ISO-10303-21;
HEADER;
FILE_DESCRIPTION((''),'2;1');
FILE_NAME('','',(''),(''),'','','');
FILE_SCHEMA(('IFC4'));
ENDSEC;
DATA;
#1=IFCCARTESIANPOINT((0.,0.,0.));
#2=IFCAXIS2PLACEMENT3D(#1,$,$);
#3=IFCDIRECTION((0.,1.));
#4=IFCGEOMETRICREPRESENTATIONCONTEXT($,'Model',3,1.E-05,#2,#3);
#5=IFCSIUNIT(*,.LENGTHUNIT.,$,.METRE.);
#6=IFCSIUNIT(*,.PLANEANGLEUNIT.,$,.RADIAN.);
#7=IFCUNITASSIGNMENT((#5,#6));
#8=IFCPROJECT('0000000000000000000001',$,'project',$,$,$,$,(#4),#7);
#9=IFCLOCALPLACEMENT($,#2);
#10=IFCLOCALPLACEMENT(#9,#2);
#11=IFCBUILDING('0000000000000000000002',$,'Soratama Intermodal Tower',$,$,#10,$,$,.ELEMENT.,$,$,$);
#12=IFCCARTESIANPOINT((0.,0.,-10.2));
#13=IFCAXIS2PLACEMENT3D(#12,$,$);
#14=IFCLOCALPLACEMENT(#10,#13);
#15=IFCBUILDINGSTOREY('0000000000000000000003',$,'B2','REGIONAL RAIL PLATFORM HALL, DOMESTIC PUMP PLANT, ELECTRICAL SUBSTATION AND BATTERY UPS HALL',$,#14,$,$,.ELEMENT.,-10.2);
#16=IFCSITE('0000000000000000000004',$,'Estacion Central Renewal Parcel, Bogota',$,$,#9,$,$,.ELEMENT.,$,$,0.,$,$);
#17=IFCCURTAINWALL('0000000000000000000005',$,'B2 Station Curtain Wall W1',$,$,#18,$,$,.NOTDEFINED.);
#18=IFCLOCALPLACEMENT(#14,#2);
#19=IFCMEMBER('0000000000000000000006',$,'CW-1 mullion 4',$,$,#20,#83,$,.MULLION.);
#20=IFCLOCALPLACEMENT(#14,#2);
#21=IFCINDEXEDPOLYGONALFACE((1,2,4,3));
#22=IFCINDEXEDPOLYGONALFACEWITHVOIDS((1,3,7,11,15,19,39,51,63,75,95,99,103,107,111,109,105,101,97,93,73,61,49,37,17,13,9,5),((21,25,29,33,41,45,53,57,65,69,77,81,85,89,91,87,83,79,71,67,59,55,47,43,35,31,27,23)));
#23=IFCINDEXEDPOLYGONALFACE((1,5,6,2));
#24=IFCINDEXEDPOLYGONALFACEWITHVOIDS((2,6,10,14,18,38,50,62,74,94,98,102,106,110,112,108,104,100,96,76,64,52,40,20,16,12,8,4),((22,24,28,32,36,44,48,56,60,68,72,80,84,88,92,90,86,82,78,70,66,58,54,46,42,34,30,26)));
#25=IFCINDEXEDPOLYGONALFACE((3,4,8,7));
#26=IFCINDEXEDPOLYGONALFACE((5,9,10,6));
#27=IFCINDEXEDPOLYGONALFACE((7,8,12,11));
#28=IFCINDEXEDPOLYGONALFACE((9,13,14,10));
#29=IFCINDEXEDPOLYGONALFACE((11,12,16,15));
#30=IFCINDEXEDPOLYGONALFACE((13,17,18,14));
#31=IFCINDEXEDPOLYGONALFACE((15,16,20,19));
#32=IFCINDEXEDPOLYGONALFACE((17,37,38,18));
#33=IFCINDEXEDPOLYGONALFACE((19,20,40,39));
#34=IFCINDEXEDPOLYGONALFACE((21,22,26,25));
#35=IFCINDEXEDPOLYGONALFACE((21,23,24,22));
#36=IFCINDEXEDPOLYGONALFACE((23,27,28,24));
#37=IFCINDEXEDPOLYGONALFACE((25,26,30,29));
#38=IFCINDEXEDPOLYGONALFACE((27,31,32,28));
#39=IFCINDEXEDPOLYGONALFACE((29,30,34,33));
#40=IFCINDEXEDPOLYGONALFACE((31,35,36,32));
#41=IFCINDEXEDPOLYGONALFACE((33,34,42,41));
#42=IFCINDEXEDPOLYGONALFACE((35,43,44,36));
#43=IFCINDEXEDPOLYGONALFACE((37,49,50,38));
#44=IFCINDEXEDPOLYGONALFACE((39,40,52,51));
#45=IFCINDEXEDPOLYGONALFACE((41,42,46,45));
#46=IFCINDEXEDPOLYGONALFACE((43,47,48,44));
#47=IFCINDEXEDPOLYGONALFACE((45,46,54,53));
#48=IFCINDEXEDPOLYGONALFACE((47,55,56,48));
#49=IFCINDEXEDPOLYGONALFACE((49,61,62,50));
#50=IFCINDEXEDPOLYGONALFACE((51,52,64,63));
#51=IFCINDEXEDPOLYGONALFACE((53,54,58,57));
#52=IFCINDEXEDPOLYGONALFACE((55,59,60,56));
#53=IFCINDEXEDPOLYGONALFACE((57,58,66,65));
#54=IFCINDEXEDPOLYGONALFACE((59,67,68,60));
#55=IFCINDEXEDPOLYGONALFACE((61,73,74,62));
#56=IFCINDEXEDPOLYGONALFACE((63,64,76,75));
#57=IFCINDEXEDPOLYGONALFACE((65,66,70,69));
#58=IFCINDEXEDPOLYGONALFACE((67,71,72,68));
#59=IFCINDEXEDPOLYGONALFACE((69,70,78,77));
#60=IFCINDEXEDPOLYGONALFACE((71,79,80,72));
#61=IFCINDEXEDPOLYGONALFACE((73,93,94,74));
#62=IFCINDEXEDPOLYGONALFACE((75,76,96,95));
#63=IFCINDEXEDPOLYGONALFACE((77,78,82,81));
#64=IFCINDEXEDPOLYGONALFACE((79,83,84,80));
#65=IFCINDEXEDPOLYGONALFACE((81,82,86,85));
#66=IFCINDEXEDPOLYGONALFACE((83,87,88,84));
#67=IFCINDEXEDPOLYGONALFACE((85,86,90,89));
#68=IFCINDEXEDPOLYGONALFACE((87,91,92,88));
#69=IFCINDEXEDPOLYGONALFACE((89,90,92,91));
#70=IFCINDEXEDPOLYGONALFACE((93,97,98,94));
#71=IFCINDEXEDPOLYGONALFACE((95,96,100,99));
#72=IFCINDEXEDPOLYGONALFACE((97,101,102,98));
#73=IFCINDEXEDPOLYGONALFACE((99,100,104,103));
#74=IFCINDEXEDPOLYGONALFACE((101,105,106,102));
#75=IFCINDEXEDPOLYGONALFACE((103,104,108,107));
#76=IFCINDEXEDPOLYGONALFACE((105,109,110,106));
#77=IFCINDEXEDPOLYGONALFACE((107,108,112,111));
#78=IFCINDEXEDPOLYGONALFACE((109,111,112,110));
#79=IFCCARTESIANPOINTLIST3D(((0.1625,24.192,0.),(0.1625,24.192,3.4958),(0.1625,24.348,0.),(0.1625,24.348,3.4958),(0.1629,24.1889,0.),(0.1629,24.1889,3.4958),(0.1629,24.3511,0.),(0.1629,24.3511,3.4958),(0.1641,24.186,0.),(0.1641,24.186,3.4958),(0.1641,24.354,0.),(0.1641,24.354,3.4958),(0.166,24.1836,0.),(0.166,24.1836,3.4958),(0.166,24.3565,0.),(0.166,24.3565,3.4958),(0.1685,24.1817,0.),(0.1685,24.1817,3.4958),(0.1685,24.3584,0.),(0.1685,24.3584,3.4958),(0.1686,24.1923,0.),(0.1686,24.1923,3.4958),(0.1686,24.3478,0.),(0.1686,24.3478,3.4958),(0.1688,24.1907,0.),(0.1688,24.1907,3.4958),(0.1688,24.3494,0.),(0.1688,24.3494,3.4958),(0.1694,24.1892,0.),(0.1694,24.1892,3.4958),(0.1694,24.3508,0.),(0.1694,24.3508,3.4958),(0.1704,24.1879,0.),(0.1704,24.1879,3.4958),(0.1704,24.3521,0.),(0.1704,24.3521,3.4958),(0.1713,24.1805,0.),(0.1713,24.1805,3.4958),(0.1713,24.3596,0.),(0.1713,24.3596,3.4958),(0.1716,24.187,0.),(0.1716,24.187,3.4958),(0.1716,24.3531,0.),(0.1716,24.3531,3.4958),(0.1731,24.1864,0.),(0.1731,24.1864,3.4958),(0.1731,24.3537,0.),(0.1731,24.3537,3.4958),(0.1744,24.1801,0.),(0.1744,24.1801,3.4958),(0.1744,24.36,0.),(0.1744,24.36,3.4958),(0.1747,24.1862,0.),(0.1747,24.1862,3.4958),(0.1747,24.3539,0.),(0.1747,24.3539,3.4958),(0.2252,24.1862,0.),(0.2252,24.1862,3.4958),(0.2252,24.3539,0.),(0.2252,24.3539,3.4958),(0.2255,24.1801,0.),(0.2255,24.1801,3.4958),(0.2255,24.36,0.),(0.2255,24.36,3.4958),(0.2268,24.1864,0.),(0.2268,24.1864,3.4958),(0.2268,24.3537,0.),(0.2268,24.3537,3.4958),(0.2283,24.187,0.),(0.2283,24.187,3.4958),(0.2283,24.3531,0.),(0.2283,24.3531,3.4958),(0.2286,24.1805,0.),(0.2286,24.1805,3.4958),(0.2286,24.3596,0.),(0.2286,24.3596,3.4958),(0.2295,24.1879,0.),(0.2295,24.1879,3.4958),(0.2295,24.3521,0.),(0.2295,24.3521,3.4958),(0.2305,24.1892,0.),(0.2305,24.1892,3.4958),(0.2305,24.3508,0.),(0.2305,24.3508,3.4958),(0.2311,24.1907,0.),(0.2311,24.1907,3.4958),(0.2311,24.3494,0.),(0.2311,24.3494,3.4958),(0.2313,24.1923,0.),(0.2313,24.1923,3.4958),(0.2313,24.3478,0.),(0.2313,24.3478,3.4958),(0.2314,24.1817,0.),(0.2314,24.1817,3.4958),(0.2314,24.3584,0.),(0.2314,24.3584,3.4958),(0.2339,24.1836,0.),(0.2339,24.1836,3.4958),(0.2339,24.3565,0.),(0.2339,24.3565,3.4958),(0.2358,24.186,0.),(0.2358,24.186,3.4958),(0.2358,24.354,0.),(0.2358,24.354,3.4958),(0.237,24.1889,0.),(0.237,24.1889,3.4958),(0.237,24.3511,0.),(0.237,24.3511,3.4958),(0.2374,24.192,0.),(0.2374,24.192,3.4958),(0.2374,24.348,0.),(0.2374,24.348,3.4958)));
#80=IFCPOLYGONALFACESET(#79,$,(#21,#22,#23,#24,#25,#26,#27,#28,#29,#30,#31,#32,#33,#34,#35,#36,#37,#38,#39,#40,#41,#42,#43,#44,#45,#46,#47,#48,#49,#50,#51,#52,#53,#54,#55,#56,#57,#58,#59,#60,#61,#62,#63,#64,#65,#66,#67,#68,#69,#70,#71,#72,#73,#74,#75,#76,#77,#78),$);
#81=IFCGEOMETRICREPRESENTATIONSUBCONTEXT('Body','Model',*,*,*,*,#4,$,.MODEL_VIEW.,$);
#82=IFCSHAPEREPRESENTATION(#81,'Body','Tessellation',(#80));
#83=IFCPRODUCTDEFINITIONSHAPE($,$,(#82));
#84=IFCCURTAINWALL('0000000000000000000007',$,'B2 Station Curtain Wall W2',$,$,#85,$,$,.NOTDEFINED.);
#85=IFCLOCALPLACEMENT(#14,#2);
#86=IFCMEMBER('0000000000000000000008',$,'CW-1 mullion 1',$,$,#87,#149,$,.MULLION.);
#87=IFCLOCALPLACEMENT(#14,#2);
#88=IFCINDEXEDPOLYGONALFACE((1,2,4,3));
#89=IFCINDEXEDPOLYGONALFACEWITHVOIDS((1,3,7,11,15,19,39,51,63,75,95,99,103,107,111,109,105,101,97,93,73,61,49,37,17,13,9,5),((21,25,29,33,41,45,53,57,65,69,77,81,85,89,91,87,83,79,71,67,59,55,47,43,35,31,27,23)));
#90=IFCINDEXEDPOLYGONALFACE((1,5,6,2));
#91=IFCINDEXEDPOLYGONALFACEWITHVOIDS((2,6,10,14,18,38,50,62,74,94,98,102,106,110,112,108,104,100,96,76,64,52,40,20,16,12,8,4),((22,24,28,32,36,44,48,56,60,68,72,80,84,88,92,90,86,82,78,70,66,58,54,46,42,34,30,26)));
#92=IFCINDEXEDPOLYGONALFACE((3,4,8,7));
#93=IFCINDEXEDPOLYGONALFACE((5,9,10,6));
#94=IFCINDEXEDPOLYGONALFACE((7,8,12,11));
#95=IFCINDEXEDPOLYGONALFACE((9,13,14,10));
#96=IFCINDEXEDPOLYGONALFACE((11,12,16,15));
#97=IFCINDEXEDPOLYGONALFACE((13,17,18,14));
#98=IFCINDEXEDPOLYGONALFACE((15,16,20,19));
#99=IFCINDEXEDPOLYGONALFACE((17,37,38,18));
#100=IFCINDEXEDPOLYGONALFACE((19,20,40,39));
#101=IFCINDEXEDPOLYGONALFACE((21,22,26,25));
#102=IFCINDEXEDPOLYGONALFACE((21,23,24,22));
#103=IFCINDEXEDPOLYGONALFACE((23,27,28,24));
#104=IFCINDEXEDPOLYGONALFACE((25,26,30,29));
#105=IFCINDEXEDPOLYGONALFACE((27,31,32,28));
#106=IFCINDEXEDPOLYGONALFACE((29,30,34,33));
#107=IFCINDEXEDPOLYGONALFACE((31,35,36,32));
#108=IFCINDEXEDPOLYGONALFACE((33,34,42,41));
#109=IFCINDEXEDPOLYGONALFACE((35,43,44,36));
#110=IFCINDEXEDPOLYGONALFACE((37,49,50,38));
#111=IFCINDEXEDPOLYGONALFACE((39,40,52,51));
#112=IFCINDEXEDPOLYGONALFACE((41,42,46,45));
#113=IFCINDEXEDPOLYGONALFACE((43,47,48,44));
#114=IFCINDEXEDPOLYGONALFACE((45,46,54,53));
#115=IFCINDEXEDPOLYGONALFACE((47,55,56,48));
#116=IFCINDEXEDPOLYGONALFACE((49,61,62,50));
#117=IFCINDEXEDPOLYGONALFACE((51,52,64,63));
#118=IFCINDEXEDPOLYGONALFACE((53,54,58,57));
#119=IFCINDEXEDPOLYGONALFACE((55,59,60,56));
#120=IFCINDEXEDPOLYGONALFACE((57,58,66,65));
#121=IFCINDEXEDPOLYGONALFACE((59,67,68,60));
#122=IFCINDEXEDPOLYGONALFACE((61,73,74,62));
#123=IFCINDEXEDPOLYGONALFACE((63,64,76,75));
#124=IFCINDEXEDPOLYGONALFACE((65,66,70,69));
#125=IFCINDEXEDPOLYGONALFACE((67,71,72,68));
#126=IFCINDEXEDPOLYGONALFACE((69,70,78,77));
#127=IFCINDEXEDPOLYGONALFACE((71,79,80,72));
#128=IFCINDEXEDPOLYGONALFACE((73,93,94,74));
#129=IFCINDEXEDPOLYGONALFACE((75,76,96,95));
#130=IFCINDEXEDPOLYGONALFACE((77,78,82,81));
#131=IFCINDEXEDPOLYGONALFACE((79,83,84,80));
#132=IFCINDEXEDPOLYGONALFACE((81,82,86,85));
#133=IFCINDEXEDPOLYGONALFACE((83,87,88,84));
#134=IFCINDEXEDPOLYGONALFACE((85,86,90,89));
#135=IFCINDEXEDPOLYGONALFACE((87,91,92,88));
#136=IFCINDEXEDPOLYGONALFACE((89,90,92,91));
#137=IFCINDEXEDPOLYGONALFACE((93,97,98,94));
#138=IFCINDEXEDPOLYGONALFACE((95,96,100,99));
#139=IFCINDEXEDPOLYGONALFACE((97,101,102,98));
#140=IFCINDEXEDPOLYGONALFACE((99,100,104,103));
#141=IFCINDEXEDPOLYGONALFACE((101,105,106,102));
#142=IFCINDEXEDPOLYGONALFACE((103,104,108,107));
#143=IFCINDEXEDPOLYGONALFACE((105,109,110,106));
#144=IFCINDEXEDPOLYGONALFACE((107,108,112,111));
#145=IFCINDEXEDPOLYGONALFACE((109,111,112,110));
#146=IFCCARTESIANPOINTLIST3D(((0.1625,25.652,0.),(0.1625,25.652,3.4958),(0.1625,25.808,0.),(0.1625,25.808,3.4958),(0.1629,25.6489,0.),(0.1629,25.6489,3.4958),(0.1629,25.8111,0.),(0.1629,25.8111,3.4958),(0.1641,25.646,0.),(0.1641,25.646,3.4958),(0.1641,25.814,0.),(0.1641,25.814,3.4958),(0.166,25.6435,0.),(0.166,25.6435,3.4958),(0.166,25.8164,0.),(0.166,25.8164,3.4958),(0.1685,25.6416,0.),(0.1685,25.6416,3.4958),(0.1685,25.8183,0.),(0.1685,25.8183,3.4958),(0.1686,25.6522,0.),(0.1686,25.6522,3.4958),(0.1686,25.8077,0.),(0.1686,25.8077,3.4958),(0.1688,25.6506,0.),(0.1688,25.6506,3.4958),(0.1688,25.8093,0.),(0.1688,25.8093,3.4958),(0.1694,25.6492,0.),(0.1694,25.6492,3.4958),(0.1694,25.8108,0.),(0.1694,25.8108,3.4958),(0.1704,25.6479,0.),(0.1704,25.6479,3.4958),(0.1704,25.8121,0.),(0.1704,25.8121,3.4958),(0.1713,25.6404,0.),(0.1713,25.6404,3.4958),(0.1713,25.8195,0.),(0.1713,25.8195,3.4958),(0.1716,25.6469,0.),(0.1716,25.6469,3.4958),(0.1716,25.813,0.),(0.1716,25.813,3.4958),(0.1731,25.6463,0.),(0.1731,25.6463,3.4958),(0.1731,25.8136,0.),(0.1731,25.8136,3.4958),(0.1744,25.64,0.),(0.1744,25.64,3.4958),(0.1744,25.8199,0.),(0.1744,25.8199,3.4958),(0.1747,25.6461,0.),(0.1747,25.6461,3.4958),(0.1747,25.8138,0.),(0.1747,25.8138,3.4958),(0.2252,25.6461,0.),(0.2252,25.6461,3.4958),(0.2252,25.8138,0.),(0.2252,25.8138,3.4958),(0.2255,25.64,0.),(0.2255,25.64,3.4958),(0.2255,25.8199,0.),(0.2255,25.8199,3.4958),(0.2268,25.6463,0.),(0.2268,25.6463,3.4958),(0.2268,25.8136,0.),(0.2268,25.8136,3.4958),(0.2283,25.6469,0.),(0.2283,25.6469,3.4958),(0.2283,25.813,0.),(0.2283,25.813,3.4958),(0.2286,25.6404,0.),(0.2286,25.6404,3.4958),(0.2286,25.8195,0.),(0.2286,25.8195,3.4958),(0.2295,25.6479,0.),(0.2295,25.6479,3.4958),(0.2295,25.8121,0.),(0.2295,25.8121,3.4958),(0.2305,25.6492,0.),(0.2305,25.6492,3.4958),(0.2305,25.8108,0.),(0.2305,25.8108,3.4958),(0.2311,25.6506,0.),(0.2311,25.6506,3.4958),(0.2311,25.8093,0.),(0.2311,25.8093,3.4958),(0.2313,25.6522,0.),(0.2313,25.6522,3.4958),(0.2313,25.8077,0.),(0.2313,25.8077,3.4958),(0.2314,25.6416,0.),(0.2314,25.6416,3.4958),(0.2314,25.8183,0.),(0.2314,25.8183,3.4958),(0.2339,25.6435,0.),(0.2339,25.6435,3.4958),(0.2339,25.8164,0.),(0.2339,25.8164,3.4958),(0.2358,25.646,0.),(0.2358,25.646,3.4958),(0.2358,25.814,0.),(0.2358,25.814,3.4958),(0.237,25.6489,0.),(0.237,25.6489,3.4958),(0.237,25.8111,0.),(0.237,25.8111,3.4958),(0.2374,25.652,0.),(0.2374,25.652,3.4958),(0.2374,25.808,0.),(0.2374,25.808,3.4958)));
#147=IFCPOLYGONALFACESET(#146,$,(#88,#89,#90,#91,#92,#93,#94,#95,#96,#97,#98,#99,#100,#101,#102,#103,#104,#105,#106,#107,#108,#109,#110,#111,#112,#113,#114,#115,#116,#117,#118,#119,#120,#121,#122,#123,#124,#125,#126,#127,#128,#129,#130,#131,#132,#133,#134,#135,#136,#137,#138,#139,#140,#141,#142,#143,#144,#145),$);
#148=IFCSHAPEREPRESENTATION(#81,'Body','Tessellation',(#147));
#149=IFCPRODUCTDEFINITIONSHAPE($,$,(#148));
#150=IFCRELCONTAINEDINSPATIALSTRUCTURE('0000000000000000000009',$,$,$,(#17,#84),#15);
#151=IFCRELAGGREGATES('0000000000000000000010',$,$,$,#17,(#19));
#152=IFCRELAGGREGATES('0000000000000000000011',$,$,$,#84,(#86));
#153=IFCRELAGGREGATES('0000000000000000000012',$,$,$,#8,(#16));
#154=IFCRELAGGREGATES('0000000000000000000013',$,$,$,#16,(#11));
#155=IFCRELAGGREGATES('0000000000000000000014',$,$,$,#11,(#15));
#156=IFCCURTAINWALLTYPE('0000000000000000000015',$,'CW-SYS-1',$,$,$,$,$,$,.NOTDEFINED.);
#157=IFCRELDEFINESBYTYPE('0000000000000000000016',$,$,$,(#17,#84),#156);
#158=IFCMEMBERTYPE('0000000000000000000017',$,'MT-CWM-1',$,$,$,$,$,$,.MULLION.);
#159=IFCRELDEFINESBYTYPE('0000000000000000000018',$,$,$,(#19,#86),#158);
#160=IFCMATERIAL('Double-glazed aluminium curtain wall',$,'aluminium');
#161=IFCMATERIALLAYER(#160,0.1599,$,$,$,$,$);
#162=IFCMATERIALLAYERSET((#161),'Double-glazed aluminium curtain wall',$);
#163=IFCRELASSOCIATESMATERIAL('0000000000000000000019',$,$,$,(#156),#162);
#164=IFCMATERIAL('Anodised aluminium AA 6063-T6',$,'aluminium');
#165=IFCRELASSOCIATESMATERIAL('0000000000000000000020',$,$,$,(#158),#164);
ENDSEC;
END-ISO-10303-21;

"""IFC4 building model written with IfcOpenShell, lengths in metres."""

from ifc_helpers import new_model, si_unit, direction, frame, origin, origin_2d, place, context, subcontext, project, spatial, hollow_rectangle, extrude, material, layer, layer_set, material_profile, profile_set, type_object, element, aggregate, save


model = new_model("IFC4")

# Units and contexts
model_context = context("Model", 3, precision=1e-05, world=origin(), true_north=direction((0.0, 1.0)))
body_context = subcontext(model_context, "Body", "Model", "MODEL_VIEW")
ifc_project = project(units=[si_unit("LENGTHUNIT", "METRE"), si_unit("PLANEANGLEUNIT", "RADIAN")], contexts=[model_context])

# Site, building, storey
site_placement = place(None, origin())
site = spatial("IfcSite", under=ifc_project, at=site_placement, Name="Estacion Central Renewal Parcel, Bogota", CompositionType="ELEMENT", RefElevation=0.0)
building_placement = place(site_placement, origin())
building = spatial("IfcBuilding", under=site, at=building_placement, Name="Soratama Intermodal Tower", CompositionType="ELEMENT")
storey_placement = place(building_placement, frame((0.0, 0.0, -10.2)))
storey = spatial("IfcBuildingStorey", under=building, at=storey_placement, Name="B2", Description="REGIONAL RAIL PLATFORM HALL, DOMESTIC PUMP PLANT, ELECTRICAL SUBSTATION AND BATTERY UPS HALL", CompositionType="ELEMENT", Elevation=-10.2)

# Curtain wall, member
ifc_material_1 = material(Name="Double-glazed aluminium curtain wall", Category="aluminium")
ifc_layer_1 = layer(ifc_material_1, 0.1599)
ifc_layer_set_1 = layer_set([ifc_layer_1], Name="Double-glazed aluminium curtain wall")
curtain_wall_type = type_object("IfcCurtainWallType", Name="CW-SYS-1", PredefinedType="NOTDEFINED", material=ifc_layer_set_1)
curtain_wall_1_placement = place(storey_placement, origin())
curtain_wall_1 = element("IfcCurtainWall", 1, at=curtain_wall_1_placement, inside=storey, type_object=curtain_wall_type, Name="B2 Station Curtain Wall W1", PredefinedType="NOTDEFINED")
ifc_material_2 = material(Name="Anodised aluminium AA 6063-T6", Category="aluminium")
ifc_material_profile_1 = material_profile(ifc_material_2, hollow_rectangle(XDim=0.075, YDim=0.1799, WallThickness=0.0061, InnerFilletRadius=0.0061, OuterFilletRadius=0.012, at=origin_2d()), Name="CWM180X75X6")
ifc_profile_set_1 = profile_set([ifc_material_profile_1], Name="Anodised aluminium AA 6063-T6")
member_type_1 = type_object("IfcMemberType", Name="MT-CWM-1", PredefinedType="MULLION", material=ifc_profile_set_1)
member_1_placement = place(storey_placement, frame((0.2, 24.27, 0.0), z_axis=(0.0, 0.0, 1.0), x_axis=(-1.0, 0.0, 0.0)))
member_1 = element("IfcMember", 2, at=member_1_placement, type_object=member_type_1, Name="CW-1 mullion 4", PredefinedType="MULLION", context=body_context, shape_type="SweptSolid", body=[
    extrude(hollow_rectangle(XDim=0.075, YDim=0.1799, WallThickness=0.0061, InnerFilletRadius=0.0061, OuterFilletRadius=0.012, at=origin_2d()), origin(), (0.0, 0.0, 1.0), 3.4958),
])

# Curtain wall, member
curtain_wall_2_placement = place(storey_placement, origin())
curtain_wall_2 = element("IfcCurtainWall", 3, at=curtain_wall_2_placement, inside=storey, type_object=curtain_wall_type, Name="B2 Station Curtain Wall W2", PredefinedType="NOTDEFINED")
member_2_placement = place(storey_placement, frame((0.2, 25.73, 0.0), z_axis=(0.0, 0.0, 1.0), x_axis=(-1.0, 0.0, 0.0)))
member_2 = element("IfcMember", 4, at=member_2_placement, type_object=member_type_1, Name="CW-1 mullion 1", PredefinedType="MULLION", context=body_context, shape_type="SweptSolid", body=[
    extrude(hollow_rectangle(XDim=0.075, YDim=0.1799, WallThickness=0.0061, InnerFilletRadius=0.0061, OuterFilletRadius=0.012, at=origin_2d()), origin(), (0.0, 0.0, 1.0), 3.4958),
])

aggregate(curtain_wall_1, [member_1])
aggregate(curtain_wall_2, [member_2])

save(model, "model.ifc")
